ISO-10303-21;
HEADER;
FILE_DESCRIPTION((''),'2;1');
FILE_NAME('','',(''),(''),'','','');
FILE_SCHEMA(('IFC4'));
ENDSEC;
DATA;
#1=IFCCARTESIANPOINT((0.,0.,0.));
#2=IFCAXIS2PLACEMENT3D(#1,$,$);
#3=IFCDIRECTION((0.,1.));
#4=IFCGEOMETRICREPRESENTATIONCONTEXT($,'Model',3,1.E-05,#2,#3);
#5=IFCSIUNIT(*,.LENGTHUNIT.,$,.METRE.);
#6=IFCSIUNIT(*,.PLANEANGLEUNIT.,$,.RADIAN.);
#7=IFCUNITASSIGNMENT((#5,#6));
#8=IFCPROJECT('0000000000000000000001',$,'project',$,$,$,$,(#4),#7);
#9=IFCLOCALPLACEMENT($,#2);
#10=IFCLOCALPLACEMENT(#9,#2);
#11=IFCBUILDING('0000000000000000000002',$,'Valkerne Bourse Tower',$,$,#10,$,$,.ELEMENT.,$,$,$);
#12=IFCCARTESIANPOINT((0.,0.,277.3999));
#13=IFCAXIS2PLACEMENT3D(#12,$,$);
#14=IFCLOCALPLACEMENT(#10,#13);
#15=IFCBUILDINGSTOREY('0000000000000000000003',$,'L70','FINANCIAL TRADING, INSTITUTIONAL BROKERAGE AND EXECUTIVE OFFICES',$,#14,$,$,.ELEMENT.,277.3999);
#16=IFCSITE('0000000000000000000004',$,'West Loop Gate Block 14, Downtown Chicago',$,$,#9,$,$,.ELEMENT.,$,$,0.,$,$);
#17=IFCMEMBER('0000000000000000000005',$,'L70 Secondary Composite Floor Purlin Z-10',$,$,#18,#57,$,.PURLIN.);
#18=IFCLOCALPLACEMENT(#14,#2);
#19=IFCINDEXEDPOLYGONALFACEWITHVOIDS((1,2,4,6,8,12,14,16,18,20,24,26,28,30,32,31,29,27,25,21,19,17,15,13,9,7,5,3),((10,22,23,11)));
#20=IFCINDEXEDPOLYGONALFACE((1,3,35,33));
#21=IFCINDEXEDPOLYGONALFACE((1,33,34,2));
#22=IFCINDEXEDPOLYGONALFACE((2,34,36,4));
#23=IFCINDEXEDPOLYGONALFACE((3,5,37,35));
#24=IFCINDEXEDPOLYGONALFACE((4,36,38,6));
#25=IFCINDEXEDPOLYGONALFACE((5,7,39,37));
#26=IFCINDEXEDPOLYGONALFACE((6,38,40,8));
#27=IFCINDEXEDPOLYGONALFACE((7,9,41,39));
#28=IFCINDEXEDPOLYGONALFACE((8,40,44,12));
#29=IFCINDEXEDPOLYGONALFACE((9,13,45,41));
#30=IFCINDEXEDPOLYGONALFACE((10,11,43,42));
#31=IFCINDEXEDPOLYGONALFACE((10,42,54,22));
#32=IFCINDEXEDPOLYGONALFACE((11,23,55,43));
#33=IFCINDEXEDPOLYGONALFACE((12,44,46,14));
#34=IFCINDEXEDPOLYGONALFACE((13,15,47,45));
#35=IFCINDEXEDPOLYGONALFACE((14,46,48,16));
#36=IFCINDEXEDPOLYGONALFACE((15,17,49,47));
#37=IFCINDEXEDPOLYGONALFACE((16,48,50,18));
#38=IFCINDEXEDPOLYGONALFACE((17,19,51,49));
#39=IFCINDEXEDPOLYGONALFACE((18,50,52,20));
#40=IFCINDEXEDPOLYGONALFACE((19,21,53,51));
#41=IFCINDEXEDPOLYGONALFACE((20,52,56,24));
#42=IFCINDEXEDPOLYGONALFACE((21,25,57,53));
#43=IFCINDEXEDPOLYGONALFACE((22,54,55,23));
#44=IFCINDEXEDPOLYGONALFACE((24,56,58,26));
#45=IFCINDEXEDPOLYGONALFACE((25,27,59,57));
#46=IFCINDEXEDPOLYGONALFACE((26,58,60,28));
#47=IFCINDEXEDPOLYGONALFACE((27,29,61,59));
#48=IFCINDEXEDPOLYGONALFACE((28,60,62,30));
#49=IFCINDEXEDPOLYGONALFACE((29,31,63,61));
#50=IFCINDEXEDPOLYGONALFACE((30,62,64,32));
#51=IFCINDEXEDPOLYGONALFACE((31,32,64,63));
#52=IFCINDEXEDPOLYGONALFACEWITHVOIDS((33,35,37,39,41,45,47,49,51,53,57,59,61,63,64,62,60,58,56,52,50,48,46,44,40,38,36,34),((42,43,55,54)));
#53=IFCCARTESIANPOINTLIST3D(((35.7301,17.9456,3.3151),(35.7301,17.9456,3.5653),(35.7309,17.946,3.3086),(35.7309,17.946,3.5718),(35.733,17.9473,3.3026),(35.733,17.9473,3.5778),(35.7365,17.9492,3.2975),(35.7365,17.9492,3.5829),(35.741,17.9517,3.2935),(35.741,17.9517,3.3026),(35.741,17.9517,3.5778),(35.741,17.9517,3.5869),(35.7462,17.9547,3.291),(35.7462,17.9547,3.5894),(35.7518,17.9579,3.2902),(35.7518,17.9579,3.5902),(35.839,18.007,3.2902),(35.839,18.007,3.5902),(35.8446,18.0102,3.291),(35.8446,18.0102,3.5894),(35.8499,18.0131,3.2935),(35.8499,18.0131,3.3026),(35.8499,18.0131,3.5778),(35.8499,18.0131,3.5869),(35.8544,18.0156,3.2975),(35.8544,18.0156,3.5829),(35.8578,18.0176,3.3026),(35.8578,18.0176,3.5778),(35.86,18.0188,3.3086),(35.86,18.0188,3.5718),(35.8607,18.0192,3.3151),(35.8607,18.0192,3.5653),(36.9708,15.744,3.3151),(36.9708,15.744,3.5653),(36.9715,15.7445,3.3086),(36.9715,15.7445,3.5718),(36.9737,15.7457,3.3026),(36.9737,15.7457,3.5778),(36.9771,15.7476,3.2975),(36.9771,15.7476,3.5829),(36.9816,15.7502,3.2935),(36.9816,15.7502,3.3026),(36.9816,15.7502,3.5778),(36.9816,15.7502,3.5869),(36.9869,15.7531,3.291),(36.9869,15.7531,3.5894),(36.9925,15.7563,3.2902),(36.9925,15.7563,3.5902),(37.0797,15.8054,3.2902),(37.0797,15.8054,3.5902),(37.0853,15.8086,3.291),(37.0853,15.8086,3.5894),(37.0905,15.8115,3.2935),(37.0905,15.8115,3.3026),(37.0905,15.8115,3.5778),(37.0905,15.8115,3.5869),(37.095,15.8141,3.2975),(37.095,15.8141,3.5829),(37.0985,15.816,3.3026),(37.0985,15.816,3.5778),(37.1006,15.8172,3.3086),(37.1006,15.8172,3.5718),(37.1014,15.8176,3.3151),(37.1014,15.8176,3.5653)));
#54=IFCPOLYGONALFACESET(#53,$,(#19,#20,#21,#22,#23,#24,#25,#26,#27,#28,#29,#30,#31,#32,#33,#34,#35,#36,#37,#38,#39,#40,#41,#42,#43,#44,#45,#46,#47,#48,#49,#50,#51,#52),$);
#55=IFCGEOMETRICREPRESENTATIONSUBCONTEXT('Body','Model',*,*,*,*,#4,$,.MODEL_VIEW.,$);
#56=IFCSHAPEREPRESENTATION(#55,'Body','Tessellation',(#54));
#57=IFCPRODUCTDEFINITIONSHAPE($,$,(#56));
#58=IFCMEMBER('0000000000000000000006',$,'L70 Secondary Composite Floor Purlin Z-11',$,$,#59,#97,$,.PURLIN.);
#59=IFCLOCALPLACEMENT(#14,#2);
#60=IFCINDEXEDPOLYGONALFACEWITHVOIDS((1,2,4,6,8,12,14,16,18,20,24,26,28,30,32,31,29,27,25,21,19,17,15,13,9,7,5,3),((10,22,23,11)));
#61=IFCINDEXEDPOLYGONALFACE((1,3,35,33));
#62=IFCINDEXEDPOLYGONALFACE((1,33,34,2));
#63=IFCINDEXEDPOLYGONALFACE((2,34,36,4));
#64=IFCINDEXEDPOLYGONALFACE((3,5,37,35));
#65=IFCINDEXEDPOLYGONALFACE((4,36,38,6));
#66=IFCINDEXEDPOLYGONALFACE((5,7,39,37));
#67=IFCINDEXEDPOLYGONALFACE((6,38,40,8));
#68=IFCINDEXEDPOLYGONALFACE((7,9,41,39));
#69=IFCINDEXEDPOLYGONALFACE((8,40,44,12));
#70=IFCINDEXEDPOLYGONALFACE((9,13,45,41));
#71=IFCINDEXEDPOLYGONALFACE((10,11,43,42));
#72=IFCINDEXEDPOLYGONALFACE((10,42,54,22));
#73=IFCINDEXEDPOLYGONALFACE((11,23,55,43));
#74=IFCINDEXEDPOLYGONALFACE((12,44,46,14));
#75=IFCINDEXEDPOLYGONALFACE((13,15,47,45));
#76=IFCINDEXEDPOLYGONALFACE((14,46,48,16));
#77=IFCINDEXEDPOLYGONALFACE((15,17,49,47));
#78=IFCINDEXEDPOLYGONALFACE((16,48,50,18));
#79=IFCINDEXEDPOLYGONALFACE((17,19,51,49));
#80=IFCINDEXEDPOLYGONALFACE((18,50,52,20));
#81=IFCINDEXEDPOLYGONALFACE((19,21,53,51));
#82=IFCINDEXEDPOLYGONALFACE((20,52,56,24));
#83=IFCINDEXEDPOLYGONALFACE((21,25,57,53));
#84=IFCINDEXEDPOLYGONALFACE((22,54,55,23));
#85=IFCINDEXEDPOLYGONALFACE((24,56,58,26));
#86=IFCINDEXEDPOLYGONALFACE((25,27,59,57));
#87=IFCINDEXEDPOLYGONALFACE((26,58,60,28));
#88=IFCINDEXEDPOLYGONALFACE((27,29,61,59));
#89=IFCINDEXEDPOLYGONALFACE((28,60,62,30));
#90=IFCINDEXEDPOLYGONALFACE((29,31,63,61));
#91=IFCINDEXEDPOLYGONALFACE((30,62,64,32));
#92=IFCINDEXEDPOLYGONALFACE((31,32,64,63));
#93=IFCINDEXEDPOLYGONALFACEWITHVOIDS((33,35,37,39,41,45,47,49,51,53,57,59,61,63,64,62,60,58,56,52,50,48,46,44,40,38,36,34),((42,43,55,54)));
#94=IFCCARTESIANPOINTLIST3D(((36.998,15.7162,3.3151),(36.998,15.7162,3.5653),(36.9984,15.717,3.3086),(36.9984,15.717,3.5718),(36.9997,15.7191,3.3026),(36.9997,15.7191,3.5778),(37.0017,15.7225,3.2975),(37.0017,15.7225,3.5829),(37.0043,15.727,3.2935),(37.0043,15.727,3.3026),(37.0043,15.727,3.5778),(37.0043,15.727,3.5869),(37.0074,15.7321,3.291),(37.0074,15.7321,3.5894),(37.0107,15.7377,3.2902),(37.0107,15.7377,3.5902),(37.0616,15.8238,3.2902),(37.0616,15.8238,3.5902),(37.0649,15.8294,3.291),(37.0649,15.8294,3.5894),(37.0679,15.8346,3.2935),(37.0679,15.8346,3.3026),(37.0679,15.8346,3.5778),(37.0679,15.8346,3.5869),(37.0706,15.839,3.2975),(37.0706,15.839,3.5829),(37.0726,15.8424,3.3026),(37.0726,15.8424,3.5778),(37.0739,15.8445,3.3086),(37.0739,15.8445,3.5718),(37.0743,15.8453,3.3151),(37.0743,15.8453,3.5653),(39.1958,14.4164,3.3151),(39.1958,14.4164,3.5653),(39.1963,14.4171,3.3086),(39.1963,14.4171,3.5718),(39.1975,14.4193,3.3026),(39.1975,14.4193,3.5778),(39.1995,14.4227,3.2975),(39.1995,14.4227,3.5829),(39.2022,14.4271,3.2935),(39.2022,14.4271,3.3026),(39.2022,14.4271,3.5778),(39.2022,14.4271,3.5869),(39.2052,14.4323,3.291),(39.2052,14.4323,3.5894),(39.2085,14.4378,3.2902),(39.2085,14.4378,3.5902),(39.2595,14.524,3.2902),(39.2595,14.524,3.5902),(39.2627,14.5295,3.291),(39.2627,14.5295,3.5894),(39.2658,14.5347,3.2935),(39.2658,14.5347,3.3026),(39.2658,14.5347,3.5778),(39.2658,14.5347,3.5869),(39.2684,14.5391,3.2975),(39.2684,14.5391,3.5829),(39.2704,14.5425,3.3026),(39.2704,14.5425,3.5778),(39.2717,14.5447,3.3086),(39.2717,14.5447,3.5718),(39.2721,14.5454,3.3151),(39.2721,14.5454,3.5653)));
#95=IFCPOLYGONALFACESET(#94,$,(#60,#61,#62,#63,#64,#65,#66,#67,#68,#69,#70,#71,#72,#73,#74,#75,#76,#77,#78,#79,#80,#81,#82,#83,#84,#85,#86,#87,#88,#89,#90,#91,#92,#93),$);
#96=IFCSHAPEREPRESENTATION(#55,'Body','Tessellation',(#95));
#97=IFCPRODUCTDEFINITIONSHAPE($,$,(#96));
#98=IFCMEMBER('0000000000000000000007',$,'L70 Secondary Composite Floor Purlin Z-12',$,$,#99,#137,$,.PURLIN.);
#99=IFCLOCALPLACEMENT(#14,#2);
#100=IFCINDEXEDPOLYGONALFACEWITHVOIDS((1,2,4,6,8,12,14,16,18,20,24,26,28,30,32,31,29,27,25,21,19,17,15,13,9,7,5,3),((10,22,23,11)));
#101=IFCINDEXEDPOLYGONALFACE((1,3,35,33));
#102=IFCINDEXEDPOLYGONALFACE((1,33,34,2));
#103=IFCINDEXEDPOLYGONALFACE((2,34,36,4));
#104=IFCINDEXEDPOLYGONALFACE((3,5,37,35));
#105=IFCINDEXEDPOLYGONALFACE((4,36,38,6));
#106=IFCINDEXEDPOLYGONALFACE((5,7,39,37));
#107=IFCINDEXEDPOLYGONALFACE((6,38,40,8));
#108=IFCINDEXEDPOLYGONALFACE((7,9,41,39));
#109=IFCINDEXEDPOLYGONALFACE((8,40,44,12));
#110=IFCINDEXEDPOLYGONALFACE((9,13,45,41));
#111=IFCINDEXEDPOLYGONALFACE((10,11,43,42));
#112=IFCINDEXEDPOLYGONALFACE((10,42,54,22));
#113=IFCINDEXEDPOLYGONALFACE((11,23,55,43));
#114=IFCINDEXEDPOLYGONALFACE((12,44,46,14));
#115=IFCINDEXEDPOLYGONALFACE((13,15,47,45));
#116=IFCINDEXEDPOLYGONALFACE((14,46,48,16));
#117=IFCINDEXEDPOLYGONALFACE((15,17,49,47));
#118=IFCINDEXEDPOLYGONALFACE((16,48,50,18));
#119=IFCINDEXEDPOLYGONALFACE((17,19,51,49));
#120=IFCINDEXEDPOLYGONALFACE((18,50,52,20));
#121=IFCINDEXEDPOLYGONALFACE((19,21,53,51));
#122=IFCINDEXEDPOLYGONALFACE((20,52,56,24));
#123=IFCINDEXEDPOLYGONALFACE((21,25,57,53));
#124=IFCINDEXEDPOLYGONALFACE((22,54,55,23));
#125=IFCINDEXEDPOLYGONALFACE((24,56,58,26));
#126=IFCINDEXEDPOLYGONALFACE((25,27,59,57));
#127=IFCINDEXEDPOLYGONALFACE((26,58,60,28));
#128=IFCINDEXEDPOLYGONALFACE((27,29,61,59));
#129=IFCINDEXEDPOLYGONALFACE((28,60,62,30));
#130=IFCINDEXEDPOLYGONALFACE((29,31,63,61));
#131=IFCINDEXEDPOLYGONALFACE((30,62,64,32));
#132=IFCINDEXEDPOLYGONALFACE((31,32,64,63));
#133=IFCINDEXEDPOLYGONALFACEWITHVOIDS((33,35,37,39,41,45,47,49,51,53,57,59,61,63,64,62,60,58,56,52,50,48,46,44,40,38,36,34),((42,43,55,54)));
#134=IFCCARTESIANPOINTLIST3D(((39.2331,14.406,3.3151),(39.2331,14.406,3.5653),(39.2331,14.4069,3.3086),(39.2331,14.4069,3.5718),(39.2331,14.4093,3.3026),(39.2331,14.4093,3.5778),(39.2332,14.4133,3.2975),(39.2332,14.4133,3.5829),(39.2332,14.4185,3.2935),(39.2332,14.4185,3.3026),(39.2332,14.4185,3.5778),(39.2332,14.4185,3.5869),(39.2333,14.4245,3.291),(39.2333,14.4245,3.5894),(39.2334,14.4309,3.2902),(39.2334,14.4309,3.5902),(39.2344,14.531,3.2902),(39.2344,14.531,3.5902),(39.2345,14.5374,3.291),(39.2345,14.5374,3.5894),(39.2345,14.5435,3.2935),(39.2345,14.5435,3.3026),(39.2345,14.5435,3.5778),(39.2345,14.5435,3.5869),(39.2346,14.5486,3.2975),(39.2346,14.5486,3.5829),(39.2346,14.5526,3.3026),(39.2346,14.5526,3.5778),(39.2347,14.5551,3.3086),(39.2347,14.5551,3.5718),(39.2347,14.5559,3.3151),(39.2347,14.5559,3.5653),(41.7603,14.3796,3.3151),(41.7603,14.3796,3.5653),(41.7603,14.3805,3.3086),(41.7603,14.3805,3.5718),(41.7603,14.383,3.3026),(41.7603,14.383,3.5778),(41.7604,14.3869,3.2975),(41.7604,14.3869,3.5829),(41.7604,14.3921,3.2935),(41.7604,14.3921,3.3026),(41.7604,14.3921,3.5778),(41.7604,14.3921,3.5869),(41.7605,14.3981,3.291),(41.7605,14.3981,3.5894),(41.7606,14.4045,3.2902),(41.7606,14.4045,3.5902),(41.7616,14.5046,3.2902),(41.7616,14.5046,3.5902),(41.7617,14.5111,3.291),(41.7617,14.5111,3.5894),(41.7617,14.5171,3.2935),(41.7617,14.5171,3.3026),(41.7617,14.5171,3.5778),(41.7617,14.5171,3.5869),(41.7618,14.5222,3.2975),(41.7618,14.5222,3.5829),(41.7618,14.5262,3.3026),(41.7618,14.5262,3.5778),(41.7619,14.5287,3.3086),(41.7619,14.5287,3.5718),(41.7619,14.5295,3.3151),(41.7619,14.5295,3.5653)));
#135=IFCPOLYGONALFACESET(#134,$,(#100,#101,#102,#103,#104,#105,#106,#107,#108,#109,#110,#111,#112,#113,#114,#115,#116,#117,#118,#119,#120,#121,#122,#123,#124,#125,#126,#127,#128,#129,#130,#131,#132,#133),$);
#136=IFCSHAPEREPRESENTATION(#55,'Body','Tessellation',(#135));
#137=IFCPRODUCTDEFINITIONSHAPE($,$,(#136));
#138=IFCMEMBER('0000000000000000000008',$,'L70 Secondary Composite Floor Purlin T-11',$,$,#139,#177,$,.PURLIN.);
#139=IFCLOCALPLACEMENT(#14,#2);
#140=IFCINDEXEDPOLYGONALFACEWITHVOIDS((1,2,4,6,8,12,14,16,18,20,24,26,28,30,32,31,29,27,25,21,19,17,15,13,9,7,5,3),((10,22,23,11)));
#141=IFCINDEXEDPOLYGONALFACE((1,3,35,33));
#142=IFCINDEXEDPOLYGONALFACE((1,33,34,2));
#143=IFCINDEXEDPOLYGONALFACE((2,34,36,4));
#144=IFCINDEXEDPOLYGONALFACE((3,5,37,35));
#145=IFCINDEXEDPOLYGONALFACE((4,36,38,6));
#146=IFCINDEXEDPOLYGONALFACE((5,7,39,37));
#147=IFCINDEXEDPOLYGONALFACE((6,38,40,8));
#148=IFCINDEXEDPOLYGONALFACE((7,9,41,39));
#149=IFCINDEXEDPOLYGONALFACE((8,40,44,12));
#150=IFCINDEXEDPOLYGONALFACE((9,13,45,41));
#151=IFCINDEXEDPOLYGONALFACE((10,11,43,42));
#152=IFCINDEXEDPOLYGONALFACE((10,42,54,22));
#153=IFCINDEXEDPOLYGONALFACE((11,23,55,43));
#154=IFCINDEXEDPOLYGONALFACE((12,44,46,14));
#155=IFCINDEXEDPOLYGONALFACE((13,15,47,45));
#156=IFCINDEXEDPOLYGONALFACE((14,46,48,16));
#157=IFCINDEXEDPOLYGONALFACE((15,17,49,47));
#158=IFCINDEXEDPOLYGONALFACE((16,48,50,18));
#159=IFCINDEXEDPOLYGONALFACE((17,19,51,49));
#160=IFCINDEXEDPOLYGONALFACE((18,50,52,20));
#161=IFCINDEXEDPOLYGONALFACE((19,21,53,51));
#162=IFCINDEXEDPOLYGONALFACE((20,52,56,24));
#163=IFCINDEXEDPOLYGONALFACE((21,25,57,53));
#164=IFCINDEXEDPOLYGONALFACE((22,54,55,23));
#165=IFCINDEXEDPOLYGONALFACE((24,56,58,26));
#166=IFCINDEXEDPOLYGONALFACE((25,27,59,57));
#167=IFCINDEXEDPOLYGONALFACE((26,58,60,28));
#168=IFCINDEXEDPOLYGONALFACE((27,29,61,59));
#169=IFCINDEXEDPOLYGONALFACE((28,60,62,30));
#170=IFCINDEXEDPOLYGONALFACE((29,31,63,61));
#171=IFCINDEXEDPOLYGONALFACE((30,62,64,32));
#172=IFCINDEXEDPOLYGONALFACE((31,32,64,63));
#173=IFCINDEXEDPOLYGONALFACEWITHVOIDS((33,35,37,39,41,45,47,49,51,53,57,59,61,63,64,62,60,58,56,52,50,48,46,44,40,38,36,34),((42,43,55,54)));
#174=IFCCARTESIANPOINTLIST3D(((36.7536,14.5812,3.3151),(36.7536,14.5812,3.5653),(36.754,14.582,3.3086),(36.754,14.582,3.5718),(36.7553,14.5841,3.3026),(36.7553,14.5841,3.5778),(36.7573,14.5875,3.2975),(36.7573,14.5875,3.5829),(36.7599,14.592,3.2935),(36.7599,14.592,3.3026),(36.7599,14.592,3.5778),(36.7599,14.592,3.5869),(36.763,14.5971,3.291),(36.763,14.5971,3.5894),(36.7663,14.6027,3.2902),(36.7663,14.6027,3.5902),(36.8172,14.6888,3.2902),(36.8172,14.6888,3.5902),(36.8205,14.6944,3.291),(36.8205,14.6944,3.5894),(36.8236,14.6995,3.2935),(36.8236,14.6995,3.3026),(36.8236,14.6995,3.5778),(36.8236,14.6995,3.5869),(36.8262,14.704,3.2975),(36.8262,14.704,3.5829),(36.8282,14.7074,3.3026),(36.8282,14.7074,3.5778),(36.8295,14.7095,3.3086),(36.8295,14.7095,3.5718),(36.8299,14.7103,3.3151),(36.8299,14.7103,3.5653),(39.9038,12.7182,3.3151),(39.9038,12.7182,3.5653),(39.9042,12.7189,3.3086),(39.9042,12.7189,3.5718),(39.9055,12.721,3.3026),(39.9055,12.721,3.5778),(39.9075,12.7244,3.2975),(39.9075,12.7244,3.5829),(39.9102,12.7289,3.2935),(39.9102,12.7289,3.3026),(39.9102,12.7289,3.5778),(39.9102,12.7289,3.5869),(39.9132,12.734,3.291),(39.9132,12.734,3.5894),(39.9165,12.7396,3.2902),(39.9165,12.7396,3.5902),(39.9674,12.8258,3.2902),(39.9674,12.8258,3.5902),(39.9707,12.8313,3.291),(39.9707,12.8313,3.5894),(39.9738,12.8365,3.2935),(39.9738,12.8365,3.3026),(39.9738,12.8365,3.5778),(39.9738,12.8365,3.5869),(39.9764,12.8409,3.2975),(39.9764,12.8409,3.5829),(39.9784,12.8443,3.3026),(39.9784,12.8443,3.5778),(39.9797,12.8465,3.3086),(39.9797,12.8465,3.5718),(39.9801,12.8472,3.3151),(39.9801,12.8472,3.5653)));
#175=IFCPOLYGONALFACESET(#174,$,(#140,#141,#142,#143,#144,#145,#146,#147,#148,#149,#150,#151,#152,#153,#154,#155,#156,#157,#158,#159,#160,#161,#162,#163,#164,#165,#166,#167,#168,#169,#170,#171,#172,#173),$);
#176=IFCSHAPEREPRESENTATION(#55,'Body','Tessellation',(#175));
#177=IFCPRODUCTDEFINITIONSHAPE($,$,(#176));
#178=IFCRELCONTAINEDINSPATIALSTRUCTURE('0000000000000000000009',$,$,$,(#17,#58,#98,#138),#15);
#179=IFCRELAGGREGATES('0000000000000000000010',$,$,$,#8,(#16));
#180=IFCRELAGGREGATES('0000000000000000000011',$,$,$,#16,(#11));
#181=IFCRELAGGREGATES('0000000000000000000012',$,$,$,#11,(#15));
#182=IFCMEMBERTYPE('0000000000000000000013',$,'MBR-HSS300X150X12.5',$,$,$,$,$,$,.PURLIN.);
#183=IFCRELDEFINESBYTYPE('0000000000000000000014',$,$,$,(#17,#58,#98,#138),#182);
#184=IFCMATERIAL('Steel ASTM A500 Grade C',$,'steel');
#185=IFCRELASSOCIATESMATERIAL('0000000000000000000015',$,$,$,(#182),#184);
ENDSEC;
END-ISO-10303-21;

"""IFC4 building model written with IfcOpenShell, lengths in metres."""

from ifc_helpers import new_model, si_unit, direction, frame, origin, origin_2d, place, context, subcontext, project, spatial, hollow_rectangle, extrude, material, material_profile, profile_set, type_object, element, save


model = new_model("IFC4")

# Units and contexts
model_context = context("Model", 3, precision=1e-05, world=origin(), true_north=direction((0.0, 1.0)))
body_context = subcontext(model_context, "Body", "Model", "MODEL_VIEW")
ifc_project = project(units=[si_unit("LENGTHUNIT", "METRE"), si_unit("PLANEANGLEUNIT", "RADIAN")], contexts=[model_context])

# Site, building, storey
site_placement = place(None, origin())
site = spatial("IfcSite", under=ifc_project, at=site_placement, Name="West Loop Gate Block 14, Downtown Chicago", CompositionType="ELEMENT", RefElevation=0.0)
building_placement = place(site_placement, origin())
building = spatial("IfcBuilding", under=site, at=building_placement, Name="Valkerne Bourse Tower", CompositionType="ELEMENT")
storey_placement = place(building_placement, frame((0.0, 0.0, 277.3999)))
storey = spatial("IfcBuildingStorey", under=building, at=storey_placement, Name="L70", Description="FINANCIAL TRADING, INSTITUTIONAL BROKERAGE AND EXECUTIVE OFFICES", CompositionType="ELEMENT", Elevation=277.3999)

# Members
ifc_material_1 = material(Name="Steel ASTM A500 Grade C", Category="steel")
ifc_material_profile_1 = material_profile(ifc_material_1, hollow_rectangle(XDim=0.1499, YDim=0.3, WallThickness=0.0125, OuterFilletRadius=0.0249, at=origin_2d()), Name="HSS300X150X12.5")
ifc_profile_set_1 = profile_set([ifc_material_profile_1], Name="Steel ASTM A500 Grade C")
member_type_1 = type_object("IfcMemberType", Name="MBR-HSS300X150X12.5", PredefinedType="PURLIN", material=ifc_profile_set_1)
member_1_placement = place(storey_placement, frame((35.7954, 17.9824, 3.4402), z_axis=(0.490949, -0.871188, 0.0), x_axis=(0.871188, 0.490949, 0.0)))
element("IfcMember", 1, at=member_1_placement, inside=storey, type_object=member_type_1, Name="L70 Secondary Composite Floor Purlin Z-10", PredefinedType="PURLIN", context=body_context, shape_type="SweptSolid", body=[
    extrude(hollow_rectangle(XDim=0.1499, YDim=0.3, WallThickness=0.0125, OuterFilletRadius=0.0249, at=origin_2d()), origin(), (0.0, 0.0, 1.0), 2.5271),
])
member_2_placement = place(storey_placement, frame((37.0361, 15.7808, 3.4402), z_axis=(0.860732, -0.509058, 0.0), x_axis=(0.509058, 0.860732, 0.0)))
element("IfcMember", 2, at=member_2_placement, inside=storey, type_object=member_type_1, Name="L70 Secondary Composite Floor Purlin Z-11", PredefinedType="PURLIN", context=body_context, shape_type="SweptSolid", body=[
    extrude(hollow_rectangle(XDim=0.1499, YDim=0.3, WallThickness=0.0125, OuterFilletRadius=0.0249, at=origin_2d()), origin(), (0.0, 0.0, 1.0), 2.5535),
])
member_3_placement = place(storey_placement, frame((39.2339, 14.481, 3.4402), z_axis=(0.999946, -0.010433, 0.0), x_axis=(0.010433, 0.999946, 0.0)))
element("IfcMember", 3, at=member_3_placement, inside=storey, type_object=member_type_1, Name="L70 Secondary Composite Floor Purlin Z-12", PredefinedType="PURLIN", context=body_context, shape_type="SweptSolid", body=[
    extrude(hollow_rectangle(XDim=0.1499, YDim=0.3, WallThickness=0.0125, OuterFilletRadius=0.0249, at=origin_2d()), origin(), (0.0, 0.0, 1.0), 2.5273),
])
member_4_placement = place(storey_placement, frame((36.7917, 14.6458, 3.4402), z_axis=(0.860737, -0.509051, 0.0), x_axis=(0.509051, 0.860737, 0.0)))
element("IfcMember", 4, at=member_4_placement, inside=storey, type_object=member_type_1, Name="L70 Secondary Composite Floor Purlin T-11", PredefinedType="PURLIN", context=body_context, shape_type="SweptSolid", body=[
    extrude(hollow_rectangle(XDim=0.1499, YDim=0.3, WallThickness=0.0125, OuterFilletRadius=0.0249, at=origin_2d()), origin(), (0.0, 0.0, 1.0), 3.6599),
])

save(model, "model.ifc")
